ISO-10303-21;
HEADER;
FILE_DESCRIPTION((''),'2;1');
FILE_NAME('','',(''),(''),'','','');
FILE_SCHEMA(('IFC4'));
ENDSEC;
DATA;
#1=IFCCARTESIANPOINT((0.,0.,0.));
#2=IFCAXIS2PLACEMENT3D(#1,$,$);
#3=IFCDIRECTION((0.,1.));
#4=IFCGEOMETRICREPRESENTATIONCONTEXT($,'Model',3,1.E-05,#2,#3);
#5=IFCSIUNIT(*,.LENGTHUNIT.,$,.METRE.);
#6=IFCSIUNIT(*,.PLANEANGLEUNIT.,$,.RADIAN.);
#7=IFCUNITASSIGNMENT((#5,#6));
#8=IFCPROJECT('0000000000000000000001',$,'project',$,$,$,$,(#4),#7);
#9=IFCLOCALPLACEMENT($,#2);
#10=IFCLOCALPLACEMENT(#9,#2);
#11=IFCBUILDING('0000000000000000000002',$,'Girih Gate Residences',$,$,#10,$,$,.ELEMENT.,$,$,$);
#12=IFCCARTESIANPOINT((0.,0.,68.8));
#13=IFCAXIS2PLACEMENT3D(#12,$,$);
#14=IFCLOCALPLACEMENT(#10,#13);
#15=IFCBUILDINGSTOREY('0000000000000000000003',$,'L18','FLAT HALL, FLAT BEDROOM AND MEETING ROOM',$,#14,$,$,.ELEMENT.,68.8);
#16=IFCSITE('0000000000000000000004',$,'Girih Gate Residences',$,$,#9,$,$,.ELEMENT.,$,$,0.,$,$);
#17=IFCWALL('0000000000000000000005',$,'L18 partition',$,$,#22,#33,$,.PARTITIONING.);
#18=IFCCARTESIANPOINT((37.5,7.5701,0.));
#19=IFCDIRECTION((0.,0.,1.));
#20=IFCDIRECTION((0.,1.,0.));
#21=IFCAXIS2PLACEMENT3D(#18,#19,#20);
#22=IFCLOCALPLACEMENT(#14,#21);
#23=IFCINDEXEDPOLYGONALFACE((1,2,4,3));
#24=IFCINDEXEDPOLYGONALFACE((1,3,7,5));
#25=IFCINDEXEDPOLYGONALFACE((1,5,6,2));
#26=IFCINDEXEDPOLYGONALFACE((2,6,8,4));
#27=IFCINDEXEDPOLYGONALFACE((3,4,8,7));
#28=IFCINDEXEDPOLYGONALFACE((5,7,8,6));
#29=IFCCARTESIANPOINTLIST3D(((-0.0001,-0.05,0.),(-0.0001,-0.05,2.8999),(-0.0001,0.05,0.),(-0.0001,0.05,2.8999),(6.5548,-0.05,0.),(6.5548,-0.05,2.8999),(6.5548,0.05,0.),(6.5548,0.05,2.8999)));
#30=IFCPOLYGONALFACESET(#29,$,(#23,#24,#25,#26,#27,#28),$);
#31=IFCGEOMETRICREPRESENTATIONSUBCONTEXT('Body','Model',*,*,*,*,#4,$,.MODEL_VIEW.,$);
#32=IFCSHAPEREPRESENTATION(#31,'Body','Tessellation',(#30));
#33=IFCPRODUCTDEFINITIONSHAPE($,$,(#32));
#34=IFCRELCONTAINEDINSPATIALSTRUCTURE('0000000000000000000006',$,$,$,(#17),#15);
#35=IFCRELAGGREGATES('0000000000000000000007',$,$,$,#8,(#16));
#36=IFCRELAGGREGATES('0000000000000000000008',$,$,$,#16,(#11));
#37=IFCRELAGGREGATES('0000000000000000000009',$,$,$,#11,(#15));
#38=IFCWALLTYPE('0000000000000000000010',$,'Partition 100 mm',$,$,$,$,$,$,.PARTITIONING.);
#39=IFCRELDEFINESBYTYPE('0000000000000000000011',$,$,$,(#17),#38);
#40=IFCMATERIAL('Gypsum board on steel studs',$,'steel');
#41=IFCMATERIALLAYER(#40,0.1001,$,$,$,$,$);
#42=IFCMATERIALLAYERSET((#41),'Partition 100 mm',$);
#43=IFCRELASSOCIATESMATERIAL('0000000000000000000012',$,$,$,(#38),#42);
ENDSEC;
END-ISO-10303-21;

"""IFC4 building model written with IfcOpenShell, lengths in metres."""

from ifc_helpers import new_model, si_unit, direction, frame, frame_2d, origin, place, context, subcontext, project, spatial, rectangle, extrude, material, layer, layer_set, type_object, element, save


model = new_model("IFC4")

# Units and contexts
model_context = context("Model", 3, precision=1e-05, world=origin(), true_north=direction((0.0, 1.0)))
body_context = subcontext(model_context, "Body", "Model", "MODEL_VIEW")
ifc_project = project(units=[si_unit("LENGTHUNIT", "METRE"), si_unit("PLANEANGLEUNIT", "RADIAN")], contexts=[model_context])

# Site, building, storey
site_placement = place(None, origin())
site = spatial("IfcSite", under=ifc_project, at=site_placement, Name="Girih Gate Residences", CompositionType="ELEMENT", RefElevation=0.0)
building_placement = place(site_placement, origin())
building = spatial("IfcBuilding", under=site, at=building_placement, Name="Girih Gate Residences", CompositionType="ELEMENT")
storey_placement = place(building_placement, frame((0.0, 0.0, 68.8)))
storey = spatial("IfcBuildingStorey", under=building, at=storey_placement, Name="L18", Description="FLAT HALL, FLAT BEDROOM AND MEETING ROOM", CompositionType="ELEMENT", Elevation=68.8)

# Shared definitions
ifc_material_1 = material(Name="Gypsum board on steel studs", Category="steel")
ifc_layer_1 = layer(ifc_material_1, 0.1001)
ifc_layer_set_1 = layer_set([ifc_layer_1], Name="Partition 100 mm")
wall_type_1 = type_object("IfcWallType", Name="Partition 100 mm", PredefinedType="PARTITIONING", material=ifc_layer_set_1)

# Wall
wall_1_placement = place(storey_placement, frame((37.5, 7.5701, 0.0), z_axis=(0.0, 0.0, 1.0), x_axis=(0.0, 1.0, 0.0)))
element("IfcWall", 1, at=wall_1_placement, inside=storey, type_object=wall_type_1, Name="L18 partition", PredefinedType="PARTITIONING", context=body_context, shape_type="SweptSolid", body=[
    extrude(rectangle(XDim=6.5549, YDim=0.1001, at=frame_2d((3.2773, 0.0))), origin(), (0.0, 0.0, 1.0), 2.8999),
])

save(model, "model.ifc")
